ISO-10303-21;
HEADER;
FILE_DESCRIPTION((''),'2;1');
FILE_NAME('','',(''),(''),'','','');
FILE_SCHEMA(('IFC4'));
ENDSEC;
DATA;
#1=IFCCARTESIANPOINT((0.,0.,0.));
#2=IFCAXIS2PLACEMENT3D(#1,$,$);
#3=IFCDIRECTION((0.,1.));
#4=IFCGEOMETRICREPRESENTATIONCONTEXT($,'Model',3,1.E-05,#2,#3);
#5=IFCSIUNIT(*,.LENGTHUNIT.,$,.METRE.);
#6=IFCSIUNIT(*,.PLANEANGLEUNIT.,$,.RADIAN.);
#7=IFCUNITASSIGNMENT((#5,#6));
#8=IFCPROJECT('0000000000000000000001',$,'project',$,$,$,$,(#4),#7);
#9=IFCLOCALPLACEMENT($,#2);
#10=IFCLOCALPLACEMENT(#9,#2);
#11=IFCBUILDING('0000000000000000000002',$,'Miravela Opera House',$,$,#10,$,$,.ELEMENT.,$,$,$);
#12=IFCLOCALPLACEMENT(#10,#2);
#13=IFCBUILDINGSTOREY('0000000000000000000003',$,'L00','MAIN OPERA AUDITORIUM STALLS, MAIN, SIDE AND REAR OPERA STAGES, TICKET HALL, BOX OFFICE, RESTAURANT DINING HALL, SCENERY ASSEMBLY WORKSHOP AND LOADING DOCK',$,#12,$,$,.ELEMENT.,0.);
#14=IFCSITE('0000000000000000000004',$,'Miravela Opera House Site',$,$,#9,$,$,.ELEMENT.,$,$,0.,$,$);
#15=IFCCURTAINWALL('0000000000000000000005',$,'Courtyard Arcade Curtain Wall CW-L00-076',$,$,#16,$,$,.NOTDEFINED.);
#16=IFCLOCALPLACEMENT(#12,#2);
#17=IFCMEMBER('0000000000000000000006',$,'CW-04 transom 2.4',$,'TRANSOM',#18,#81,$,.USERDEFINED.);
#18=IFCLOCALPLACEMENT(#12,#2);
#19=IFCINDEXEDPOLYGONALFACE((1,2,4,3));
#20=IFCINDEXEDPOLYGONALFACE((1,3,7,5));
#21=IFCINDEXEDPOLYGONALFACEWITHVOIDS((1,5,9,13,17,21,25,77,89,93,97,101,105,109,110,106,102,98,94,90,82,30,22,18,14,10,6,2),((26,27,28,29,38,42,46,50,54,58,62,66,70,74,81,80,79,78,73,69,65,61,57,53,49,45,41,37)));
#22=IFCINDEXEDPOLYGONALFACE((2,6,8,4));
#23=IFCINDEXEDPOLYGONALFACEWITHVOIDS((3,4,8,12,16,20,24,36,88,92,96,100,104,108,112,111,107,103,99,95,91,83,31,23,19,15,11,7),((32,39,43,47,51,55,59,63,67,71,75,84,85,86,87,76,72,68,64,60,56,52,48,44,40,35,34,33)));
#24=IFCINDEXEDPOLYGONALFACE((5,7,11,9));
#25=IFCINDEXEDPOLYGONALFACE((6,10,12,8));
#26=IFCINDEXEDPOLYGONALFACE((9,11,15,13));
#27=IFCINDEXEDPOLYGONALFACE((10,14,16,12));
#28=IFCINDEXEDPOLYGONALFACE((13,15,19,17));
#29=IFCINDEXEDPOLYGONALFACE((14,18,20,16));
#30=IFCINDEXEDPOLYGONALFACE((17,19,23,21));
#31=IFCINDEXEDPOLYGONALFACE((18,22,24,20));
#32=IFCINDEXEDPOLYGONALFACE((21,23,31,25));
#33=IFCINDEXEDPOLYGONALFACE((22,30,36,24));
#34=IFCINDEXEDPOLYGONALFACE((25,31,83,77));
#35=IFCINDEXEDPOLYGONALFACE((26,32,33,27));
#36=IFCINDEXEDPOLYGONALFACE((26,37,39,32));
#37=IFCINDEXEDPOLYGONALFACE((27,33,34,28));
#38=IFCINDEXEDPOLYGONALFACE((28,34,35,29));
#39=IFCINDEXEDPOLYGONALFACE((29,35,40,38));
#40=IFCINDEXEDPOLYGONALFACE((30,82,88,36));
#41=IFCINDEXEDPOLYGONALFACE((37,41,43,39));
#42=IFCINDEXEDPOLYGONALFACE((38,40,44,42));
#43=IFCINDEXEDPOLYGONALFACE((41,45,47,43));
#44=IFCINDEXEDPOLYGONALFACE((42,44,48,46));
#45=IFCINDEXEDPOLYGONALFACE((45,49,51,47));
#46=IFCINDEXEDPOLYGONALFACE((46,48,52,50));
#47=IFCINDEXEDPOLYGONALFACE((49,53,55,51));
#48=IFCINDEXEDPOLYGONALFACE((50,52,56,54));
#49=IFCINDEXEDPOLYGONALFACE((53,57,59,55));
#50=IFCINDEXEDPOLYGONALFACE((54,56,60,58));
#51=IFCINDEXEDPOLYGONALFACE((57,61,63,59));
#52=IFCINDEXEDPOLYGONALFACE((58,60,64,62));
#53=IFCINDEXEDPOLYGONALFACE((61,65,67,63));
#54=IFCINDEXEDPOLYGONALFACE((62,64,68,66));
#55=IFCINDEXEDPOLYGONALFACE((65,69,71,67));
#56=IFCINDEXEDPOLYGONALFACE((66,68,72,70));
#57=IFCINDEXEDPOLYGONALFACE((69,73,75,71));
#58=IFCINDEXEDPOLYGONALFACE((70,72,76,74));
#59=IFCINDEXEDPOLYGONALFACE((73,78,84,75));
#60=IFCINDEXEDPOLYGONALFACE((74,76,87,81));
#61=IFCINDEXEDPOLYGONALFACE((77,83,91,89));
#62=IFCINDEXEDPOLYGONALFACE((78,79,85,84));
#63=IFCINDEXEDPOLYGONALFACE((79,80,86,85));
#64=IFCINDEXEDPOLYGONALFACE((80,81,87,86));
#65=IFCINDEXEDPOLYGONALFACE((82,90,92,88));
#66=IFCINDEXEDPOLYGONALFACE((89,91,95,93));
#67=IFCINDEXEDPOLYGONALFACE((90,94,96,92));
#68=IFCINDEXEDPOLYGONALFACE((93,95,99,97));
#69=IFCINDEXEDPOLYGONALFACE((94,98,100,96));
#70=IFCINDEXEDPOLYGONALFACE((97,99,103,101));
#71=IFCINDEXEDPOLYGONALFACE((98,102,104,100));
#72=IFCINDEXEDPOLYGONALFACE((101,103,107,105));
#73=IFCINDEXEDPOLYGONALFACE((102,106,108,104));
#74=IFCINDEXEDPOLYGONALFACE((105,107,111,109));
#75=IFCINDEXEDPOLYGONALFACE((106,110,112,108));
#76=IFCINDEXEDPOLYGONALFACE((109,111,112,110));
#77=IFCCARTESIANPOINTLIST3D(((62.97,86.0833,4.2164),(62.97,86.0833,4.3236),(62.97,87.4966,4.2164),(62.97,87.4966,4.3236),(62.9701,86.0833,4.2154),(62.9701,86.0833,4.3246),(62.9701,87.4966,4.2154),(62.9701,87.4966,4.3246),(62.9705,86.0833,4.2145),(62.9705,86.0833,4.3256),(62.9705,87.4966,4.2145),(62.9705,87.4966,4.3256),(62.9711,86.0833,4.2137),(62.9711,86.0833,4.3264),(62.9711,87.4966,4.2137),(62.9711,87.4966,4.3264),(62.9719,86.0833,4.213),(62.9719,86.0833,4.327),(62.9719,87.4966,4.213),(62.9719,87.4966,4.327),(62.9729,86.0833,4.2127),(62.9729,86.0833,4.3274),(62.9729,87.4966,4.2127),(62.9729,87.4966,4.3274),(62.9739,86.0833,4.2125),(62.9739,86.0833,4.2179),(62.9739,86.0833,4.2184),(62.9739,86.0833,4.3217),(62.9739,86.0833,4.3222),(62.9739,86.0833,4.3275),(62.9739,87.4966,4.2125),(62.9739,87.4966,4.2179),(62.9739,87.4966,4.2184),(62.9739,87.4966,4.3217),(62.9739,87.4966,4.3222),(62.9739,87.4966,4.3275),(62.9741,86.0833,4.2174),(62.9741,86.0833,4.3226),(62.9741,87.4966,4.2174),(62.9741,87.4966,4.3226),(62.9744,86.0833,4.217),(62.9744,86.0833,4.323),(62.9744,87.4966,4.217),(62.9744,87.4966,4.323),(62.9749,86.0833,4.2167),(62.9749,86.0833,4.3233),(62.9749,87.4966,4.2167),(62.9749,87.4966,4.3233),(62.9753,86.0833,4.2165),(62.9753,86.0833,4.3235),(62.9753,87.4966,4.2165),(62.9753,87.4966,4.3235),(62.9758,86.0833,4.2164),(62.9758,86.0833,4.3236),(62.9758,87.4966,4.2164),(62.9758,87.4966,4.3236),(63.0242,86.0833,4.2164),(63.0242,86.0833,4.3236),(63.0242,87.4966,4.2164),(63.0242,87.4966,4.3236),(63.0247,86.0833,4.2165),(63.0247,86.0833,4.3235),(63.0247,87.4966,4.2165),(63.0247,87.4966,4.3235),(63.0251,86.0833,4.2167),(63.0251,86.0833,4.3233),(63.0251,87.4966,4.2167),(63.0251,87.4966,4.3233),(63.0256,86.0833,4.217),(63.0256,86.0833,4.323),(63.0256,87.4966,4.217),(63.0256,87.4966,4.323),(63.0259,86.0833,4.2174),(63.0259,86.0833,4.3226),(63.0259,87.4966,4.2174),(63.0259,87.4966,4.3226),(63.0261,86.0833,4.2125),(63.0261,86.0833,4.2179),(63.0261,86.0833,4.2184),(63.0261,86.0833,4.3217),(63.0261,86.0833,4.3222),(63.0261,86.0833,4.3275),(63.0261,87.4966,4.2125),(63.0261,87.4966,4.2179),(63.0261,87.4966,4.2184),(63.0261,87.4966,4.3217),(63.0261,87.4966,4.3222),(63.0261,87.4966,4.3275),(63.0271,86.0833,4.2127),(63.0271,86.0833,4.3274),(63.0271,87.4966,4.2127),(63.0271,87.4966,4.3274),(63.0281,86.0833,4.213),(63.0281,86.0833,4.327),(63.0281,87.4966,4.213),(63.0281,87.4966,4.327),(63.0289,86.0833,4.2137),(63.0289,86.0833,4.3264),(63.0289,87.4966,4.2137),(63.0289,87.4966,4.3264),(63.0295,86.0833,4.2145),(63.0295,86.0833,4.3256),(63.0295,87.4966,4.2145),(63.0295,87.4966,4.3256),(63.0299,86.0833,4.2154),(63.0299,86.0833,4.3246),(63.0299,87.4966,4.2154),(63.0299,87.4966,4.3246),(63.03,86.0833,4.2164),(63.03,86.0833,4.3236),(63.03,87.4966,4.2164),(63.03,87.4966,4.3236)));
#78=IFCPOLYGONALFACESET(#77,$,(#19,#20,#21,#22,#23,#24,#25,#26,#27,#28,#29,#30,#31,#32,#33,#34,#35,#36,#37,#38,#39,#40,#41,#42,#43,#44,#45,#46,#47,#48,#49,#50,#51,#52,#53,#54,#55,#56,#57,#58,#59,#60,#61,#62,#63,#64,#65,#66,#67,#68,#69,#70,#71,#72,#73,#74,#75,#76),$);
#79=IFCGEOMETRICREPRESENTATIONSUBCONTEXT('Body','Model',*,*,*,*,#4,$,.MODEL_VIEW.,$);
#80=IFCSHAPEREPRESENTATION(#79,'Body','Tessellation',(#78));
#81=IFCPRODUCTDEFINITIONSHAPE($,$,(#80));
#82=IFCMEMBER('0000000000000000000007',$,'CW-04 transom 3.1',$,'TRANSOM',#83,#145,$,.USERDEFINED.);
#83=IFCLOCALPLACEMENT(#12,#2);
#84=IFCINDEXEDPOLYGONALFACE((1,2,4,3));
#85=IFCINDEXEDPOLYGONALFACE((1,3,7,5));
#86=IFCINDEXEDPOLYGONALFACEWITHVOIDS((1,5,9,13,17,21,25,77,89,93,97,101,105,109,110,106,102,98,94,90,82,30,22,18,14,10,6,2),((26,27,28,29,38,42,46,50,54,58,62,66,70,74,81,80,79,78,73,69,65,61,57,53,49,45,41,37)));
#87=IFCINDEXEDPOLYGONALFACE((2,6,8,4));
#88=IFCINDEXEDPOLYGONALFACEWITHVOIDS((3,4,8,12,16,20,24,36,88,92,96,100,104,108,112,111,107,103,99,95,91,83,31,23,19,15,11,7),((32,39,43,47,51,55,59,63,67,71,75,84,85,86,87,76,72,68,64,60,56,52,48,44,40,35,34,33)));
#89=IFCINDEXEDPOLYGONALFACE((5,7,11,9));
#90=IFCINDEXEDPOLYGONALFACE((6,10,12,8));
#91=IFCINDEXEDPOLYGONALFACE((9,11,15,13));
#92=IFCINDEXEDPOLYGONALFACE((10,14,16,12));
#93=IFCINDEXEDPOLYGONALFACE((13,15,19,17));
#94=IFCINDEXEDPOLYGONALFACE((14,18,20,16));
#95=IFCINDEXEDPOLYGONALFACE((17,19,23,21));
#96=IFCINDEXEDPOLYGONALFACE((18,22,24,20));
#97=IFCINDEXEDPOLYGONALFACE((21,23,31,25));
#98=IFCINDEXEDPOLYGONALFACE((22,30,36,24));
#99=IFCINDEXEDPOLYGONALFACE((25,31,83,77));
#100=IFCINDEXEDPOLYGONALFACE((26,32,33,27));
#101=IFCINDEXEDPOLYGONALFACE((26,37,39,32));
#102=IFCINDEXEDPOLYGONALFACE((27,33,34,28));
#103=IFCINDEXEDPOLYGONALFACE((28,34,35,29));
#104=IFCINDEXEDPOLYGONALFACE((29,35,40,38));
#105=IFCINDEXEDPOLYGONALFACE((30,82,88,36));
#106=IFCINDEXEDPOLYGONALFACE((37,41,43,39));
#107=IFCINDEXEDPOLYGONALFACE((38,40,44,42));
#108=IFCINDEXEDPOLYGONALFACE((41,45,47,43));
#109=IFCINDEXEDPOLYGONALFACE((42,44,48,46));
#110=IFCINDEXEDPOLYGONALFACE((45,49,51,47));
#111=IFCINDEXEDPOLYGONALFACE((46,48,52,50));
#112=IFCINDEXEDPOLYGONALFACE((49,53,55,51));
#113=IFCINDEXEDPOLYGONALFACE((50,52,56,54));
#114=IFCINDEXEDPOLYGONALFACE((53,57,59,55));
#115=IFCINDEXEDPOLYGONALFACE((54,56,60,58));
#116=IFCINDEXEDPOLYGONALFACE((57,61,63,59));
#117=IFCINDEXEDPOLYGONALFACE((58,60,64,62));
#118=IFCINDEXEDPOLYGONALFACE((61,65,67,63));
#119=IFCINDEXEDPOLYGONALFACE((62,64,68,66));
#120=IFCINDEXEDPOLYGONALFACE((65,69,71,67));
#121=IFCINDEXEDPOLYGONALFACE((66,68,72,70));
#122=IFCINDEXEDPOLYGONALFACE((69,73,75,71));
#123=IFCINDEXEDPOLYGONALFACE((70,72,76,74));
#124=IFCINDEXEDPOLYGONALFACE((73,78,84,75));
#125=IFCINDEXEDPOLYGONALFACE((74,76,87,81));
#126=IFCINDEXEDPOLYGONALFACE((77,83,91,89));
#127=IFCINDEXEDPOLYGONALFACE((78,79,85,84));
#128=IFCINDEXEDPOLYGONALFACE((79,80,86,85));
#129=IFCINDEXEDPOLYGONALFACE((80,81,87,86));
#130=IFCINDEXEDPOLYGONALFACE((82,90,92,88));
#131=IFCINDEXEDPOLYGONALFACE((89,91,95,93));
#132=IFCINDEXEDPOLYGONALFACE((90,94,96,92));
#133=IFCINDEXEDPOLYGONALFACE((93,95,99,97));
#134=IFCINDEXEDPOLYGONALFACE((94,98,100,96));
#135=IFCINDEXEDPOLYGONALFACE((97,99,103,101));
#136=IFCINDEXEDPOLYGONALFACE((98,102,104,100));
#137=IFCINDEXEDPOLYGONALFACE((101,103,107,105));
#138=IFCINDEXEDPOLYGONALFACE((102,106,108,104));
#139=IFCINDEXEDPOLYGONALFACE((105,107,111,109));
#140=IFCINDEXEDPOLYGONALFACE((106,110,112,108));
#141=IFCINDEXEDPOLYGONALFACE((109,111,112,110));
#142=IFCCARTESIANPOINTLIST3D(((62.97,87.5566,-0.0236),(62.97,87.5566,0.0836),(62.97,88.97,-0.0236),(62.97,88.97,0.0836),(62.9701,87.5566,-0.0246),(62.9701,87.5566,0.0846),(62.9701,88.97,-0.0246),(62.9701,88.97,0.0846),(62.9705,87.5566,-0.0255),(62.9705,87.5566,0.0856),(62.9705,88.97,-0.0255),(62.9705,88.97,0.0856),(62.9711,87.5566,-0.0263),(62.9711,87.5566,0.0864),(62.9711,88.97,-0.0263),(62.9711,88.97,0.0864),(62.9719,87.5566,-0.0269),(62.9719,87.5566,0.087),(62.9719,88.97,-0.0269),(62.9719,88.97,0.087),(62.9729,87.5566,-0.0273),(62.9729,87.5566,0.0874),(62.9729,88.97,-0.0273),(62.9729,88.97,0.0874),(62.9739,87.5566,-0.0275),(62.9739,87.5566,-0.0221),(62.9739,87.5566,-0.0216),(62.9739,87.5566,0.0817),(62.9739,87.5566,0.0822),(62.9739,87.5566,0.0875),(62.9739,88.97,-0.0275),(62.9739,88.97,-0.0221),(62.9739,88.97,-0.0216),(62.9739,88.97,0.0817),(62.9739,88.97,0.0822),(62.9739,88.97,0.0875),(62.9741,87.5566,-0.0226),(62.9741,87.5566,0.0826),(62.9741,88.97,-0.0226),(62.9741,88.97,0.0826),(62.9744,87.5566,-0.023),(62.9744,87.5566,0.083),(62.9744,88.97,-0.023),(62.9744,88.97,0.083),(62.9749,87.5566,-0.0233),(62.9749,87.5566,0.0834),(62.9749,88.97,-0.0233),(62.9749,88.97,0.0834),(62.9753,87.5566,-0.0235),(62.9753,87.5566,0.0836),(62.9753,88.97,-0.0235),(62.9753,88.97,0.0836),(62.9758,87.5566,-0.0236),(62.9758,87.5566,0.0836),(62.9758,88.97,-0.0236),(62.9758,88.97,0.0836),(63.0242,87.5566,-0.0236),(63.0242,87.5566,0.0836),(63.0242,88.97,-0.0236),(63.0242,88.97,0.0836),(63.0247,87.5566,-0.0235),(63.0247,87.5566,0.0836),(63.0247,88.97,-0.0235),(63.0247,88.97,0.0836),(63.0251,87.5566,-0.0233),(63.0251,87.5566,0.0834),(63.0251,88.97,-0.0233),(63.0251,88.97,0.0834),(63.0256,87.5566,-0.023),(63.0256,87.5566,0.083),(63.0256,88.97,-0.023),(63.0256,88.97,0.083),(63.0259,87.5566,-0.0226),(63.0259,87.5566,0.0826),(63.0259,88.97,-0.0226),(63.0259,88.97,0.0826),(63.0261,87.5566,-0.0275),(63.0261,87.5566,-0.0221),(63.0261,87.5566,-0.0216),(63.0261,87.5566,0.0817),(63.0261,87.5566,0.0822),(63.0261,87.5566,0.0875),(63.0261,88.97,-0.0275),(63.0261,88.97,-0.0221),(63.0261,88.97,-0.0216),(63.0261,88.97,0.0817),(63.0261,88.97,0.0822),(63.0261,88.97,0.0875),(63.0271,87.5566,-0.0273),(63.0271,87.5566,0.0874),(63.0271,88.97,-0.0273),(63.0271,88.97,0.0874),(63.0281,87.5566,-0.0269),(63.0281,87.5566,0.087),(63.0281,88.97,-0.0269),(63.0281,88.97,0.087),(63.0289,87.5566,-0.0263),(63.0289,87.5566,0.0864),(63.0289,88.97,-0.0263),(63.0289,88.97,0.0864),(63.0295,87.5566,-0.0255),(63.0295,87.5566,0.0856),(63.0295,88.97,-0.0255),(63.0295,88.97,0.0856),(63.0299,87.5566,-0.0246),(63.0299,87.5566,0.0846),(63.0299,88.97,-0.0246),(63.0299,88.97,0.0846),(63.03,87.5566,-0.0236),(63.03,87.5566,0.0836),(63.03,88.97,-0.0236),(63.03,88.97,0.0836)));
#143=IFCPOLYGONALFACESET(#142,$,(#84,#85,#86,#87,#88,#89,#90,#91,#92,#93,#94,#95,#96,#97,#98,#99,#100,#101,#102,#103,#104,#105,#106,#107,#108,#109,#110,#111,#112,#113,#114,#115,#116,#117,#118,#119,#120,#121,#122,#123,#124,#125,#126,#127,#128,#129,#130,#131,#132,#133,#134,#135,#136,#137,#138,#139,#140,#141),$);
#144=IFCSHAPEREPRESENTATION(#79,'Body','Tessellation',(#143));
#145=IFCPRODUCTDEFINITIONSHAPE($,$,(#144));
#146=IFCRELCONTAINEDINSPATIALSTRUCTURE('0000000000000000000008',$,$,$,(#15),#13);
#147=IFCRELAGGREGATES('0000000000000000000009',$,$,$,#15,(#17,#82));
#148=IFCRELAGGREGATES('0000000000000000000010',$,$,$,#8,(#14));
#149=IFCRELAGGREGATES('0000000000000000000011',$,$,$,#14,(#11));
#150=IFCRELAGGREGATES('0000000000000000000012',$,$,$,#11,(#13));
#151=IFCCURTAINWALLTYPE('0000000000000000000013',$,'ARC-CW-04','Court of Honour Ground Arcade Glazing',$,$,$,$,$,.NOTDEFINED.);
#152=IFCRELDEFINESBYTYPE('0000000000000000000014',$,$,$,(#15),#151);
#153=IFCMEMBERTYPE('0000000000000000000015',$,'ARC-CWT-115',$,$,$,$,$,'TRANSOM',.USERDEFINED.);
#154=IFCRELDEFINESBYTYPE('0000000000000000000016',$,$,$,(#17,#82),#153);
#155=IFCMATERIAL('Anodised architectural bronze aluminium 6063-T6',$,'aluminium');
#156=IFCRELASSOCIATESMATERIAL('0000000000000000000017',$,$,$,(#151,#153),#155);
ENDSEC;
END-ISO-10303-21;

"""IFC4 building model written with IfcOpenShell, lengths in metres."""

from ifc_helpers import new_model, si_unit, direction, frame, origin, origin_2d, place, context, subcontext, project, spatial, hollow_rectangle, extrude, material, material_profile, profile_set, type_object, element, aggregate, save


model = new_model("IFC4")

# Units and contexts
model_context = context("Model", 3, precision=1e-05, world=origin(), true_north=direction((0.0, 1.0)))
body_context = subcontext(model_context, "Body", "Model", "MODEL_VIEW")
ifc_project = project(units=[si_unit("LENGTHUNIT", "METRE"), si_unit("PLANEANGLEUNIT", "RADIAN")], contexts=[model_context])

# Site, building, storey
site_placement = place(None, origin())
site = spatial("IfcSite", under=ifc_project, at=site_placement, Name="Miravela Opera House Site", CompositionType="ELEMENT", RefElevation=0.0)
building_placement = place(site_placement, origin())
building = spatial("IfcBuilding", under=site, at=building_placement, Name="Miravela Opera House", CompositionType="ELEMENT")
storey_placement = place(building_placement, origin())
storey = spatial("IfcBuildingStorey", under=building, at=storey_placement, Name="L00", Description="MAIN OPERA AUDITORIUM STALLS, MAIN, SIDE AND REAR OPERA STAGES, TICKET HALL, BOX OFFICE, RESTAURANT DINING HALL, SCENERY ASSEMBLY WORKSHOP AND LOADING DOCK", CompositionType="ELEMENT", Elevation=0.0)

# Curtain wall, members
ifc_material_1 = material(Name="Anodised architectural bronze aluminium 6063-T6", Category="aluminium")
curtain_wall_type = type_object("IfcCurtainWallType", Name="ARC-CW-04", Description="Court of Honour Ground Arcade Glazing", PredefinedType="NOTDEFINED", material=ifc_material_1)
curtain_wall_placement = place(storey_placement, origin())
curtain_wall = element("IfcCurtainWall", 1, at=curtain_wall_placement, inside=storey, type_object=curtain_wall_type, Name="Courtyard Arcade Curtain Wall CW-L00-076", PredefinedType="NOTDEFINED")
ifc_material_profile_1 = material_profile(ifc_material_1, hollow_rectangle(XDim=0.0601, YDim=0.115, WallThickness=0.0039, InnerFilletRadius=0.002, OuterFilletRadius=0.0039, at=origin_2d()), Name="CWT-60X115")
ifc_profile_set_1 = profile_set([ifc_material_profile_1])
member_type_1 = type_object("IfcMemberType", Name="ARC-CWT-115", ElementType="TRANSOM", PredefinedType="USERDEFINED", material=ifc_profile_set_1)
member_1_placement = place(storey_placement, frame((63.0, 86.0833, 4.27), z_axis=(0.0, 1.0, 0.0), x_axis=(-1.0, 0.0, 0.0)))
member_1 = element("IfcMember", 2, at=member_1_placement, type_object=member_type_1, Name="CW-04 transom 2.4", ObjectType="TRANSOM", PredefinedType="USERDEFINED", context=body_context, shape_type="SweptSolid", body=[
    extrude(hollow_rectangle(XDim=0.0601, YDim=0.115, WallThickness=0.0039, InnerFilletRadius=0.002, OuterFilletRadius=0.0039, at=origin_2d()), origin(), (0.0, 0.0, 1.0), 1.4133),
])
member_2_placement = place(storey_placement, frame((63.0, 87.5566, 0.03), z_axis=(0.0, 1.0, 0.0), x_axis=(-1.0, 0.0, 0.0)))
member_2 = element("IfcMember", 3, at=member_2_placement, type_object=member_type_1, Name="CW-04 transom 3.1", ObjectType="TRANSOM", PredefinedType="USERDEFINED", context=body_context, shape_type="SweptSolid", body=[
    extrude(hollow_rectangle(XDim=0.0601, YDim=0.115, WallThickness=0.0039, InnerFilletRadius=0.002, OuterFilletRadius=0.0039, at=origin_2d()), origin(), (0.0, 0.0, 1.0), 1.4133),
])

aggregate(curtain_wall, [member_1, member_2])

save(model, "model.ifc")
